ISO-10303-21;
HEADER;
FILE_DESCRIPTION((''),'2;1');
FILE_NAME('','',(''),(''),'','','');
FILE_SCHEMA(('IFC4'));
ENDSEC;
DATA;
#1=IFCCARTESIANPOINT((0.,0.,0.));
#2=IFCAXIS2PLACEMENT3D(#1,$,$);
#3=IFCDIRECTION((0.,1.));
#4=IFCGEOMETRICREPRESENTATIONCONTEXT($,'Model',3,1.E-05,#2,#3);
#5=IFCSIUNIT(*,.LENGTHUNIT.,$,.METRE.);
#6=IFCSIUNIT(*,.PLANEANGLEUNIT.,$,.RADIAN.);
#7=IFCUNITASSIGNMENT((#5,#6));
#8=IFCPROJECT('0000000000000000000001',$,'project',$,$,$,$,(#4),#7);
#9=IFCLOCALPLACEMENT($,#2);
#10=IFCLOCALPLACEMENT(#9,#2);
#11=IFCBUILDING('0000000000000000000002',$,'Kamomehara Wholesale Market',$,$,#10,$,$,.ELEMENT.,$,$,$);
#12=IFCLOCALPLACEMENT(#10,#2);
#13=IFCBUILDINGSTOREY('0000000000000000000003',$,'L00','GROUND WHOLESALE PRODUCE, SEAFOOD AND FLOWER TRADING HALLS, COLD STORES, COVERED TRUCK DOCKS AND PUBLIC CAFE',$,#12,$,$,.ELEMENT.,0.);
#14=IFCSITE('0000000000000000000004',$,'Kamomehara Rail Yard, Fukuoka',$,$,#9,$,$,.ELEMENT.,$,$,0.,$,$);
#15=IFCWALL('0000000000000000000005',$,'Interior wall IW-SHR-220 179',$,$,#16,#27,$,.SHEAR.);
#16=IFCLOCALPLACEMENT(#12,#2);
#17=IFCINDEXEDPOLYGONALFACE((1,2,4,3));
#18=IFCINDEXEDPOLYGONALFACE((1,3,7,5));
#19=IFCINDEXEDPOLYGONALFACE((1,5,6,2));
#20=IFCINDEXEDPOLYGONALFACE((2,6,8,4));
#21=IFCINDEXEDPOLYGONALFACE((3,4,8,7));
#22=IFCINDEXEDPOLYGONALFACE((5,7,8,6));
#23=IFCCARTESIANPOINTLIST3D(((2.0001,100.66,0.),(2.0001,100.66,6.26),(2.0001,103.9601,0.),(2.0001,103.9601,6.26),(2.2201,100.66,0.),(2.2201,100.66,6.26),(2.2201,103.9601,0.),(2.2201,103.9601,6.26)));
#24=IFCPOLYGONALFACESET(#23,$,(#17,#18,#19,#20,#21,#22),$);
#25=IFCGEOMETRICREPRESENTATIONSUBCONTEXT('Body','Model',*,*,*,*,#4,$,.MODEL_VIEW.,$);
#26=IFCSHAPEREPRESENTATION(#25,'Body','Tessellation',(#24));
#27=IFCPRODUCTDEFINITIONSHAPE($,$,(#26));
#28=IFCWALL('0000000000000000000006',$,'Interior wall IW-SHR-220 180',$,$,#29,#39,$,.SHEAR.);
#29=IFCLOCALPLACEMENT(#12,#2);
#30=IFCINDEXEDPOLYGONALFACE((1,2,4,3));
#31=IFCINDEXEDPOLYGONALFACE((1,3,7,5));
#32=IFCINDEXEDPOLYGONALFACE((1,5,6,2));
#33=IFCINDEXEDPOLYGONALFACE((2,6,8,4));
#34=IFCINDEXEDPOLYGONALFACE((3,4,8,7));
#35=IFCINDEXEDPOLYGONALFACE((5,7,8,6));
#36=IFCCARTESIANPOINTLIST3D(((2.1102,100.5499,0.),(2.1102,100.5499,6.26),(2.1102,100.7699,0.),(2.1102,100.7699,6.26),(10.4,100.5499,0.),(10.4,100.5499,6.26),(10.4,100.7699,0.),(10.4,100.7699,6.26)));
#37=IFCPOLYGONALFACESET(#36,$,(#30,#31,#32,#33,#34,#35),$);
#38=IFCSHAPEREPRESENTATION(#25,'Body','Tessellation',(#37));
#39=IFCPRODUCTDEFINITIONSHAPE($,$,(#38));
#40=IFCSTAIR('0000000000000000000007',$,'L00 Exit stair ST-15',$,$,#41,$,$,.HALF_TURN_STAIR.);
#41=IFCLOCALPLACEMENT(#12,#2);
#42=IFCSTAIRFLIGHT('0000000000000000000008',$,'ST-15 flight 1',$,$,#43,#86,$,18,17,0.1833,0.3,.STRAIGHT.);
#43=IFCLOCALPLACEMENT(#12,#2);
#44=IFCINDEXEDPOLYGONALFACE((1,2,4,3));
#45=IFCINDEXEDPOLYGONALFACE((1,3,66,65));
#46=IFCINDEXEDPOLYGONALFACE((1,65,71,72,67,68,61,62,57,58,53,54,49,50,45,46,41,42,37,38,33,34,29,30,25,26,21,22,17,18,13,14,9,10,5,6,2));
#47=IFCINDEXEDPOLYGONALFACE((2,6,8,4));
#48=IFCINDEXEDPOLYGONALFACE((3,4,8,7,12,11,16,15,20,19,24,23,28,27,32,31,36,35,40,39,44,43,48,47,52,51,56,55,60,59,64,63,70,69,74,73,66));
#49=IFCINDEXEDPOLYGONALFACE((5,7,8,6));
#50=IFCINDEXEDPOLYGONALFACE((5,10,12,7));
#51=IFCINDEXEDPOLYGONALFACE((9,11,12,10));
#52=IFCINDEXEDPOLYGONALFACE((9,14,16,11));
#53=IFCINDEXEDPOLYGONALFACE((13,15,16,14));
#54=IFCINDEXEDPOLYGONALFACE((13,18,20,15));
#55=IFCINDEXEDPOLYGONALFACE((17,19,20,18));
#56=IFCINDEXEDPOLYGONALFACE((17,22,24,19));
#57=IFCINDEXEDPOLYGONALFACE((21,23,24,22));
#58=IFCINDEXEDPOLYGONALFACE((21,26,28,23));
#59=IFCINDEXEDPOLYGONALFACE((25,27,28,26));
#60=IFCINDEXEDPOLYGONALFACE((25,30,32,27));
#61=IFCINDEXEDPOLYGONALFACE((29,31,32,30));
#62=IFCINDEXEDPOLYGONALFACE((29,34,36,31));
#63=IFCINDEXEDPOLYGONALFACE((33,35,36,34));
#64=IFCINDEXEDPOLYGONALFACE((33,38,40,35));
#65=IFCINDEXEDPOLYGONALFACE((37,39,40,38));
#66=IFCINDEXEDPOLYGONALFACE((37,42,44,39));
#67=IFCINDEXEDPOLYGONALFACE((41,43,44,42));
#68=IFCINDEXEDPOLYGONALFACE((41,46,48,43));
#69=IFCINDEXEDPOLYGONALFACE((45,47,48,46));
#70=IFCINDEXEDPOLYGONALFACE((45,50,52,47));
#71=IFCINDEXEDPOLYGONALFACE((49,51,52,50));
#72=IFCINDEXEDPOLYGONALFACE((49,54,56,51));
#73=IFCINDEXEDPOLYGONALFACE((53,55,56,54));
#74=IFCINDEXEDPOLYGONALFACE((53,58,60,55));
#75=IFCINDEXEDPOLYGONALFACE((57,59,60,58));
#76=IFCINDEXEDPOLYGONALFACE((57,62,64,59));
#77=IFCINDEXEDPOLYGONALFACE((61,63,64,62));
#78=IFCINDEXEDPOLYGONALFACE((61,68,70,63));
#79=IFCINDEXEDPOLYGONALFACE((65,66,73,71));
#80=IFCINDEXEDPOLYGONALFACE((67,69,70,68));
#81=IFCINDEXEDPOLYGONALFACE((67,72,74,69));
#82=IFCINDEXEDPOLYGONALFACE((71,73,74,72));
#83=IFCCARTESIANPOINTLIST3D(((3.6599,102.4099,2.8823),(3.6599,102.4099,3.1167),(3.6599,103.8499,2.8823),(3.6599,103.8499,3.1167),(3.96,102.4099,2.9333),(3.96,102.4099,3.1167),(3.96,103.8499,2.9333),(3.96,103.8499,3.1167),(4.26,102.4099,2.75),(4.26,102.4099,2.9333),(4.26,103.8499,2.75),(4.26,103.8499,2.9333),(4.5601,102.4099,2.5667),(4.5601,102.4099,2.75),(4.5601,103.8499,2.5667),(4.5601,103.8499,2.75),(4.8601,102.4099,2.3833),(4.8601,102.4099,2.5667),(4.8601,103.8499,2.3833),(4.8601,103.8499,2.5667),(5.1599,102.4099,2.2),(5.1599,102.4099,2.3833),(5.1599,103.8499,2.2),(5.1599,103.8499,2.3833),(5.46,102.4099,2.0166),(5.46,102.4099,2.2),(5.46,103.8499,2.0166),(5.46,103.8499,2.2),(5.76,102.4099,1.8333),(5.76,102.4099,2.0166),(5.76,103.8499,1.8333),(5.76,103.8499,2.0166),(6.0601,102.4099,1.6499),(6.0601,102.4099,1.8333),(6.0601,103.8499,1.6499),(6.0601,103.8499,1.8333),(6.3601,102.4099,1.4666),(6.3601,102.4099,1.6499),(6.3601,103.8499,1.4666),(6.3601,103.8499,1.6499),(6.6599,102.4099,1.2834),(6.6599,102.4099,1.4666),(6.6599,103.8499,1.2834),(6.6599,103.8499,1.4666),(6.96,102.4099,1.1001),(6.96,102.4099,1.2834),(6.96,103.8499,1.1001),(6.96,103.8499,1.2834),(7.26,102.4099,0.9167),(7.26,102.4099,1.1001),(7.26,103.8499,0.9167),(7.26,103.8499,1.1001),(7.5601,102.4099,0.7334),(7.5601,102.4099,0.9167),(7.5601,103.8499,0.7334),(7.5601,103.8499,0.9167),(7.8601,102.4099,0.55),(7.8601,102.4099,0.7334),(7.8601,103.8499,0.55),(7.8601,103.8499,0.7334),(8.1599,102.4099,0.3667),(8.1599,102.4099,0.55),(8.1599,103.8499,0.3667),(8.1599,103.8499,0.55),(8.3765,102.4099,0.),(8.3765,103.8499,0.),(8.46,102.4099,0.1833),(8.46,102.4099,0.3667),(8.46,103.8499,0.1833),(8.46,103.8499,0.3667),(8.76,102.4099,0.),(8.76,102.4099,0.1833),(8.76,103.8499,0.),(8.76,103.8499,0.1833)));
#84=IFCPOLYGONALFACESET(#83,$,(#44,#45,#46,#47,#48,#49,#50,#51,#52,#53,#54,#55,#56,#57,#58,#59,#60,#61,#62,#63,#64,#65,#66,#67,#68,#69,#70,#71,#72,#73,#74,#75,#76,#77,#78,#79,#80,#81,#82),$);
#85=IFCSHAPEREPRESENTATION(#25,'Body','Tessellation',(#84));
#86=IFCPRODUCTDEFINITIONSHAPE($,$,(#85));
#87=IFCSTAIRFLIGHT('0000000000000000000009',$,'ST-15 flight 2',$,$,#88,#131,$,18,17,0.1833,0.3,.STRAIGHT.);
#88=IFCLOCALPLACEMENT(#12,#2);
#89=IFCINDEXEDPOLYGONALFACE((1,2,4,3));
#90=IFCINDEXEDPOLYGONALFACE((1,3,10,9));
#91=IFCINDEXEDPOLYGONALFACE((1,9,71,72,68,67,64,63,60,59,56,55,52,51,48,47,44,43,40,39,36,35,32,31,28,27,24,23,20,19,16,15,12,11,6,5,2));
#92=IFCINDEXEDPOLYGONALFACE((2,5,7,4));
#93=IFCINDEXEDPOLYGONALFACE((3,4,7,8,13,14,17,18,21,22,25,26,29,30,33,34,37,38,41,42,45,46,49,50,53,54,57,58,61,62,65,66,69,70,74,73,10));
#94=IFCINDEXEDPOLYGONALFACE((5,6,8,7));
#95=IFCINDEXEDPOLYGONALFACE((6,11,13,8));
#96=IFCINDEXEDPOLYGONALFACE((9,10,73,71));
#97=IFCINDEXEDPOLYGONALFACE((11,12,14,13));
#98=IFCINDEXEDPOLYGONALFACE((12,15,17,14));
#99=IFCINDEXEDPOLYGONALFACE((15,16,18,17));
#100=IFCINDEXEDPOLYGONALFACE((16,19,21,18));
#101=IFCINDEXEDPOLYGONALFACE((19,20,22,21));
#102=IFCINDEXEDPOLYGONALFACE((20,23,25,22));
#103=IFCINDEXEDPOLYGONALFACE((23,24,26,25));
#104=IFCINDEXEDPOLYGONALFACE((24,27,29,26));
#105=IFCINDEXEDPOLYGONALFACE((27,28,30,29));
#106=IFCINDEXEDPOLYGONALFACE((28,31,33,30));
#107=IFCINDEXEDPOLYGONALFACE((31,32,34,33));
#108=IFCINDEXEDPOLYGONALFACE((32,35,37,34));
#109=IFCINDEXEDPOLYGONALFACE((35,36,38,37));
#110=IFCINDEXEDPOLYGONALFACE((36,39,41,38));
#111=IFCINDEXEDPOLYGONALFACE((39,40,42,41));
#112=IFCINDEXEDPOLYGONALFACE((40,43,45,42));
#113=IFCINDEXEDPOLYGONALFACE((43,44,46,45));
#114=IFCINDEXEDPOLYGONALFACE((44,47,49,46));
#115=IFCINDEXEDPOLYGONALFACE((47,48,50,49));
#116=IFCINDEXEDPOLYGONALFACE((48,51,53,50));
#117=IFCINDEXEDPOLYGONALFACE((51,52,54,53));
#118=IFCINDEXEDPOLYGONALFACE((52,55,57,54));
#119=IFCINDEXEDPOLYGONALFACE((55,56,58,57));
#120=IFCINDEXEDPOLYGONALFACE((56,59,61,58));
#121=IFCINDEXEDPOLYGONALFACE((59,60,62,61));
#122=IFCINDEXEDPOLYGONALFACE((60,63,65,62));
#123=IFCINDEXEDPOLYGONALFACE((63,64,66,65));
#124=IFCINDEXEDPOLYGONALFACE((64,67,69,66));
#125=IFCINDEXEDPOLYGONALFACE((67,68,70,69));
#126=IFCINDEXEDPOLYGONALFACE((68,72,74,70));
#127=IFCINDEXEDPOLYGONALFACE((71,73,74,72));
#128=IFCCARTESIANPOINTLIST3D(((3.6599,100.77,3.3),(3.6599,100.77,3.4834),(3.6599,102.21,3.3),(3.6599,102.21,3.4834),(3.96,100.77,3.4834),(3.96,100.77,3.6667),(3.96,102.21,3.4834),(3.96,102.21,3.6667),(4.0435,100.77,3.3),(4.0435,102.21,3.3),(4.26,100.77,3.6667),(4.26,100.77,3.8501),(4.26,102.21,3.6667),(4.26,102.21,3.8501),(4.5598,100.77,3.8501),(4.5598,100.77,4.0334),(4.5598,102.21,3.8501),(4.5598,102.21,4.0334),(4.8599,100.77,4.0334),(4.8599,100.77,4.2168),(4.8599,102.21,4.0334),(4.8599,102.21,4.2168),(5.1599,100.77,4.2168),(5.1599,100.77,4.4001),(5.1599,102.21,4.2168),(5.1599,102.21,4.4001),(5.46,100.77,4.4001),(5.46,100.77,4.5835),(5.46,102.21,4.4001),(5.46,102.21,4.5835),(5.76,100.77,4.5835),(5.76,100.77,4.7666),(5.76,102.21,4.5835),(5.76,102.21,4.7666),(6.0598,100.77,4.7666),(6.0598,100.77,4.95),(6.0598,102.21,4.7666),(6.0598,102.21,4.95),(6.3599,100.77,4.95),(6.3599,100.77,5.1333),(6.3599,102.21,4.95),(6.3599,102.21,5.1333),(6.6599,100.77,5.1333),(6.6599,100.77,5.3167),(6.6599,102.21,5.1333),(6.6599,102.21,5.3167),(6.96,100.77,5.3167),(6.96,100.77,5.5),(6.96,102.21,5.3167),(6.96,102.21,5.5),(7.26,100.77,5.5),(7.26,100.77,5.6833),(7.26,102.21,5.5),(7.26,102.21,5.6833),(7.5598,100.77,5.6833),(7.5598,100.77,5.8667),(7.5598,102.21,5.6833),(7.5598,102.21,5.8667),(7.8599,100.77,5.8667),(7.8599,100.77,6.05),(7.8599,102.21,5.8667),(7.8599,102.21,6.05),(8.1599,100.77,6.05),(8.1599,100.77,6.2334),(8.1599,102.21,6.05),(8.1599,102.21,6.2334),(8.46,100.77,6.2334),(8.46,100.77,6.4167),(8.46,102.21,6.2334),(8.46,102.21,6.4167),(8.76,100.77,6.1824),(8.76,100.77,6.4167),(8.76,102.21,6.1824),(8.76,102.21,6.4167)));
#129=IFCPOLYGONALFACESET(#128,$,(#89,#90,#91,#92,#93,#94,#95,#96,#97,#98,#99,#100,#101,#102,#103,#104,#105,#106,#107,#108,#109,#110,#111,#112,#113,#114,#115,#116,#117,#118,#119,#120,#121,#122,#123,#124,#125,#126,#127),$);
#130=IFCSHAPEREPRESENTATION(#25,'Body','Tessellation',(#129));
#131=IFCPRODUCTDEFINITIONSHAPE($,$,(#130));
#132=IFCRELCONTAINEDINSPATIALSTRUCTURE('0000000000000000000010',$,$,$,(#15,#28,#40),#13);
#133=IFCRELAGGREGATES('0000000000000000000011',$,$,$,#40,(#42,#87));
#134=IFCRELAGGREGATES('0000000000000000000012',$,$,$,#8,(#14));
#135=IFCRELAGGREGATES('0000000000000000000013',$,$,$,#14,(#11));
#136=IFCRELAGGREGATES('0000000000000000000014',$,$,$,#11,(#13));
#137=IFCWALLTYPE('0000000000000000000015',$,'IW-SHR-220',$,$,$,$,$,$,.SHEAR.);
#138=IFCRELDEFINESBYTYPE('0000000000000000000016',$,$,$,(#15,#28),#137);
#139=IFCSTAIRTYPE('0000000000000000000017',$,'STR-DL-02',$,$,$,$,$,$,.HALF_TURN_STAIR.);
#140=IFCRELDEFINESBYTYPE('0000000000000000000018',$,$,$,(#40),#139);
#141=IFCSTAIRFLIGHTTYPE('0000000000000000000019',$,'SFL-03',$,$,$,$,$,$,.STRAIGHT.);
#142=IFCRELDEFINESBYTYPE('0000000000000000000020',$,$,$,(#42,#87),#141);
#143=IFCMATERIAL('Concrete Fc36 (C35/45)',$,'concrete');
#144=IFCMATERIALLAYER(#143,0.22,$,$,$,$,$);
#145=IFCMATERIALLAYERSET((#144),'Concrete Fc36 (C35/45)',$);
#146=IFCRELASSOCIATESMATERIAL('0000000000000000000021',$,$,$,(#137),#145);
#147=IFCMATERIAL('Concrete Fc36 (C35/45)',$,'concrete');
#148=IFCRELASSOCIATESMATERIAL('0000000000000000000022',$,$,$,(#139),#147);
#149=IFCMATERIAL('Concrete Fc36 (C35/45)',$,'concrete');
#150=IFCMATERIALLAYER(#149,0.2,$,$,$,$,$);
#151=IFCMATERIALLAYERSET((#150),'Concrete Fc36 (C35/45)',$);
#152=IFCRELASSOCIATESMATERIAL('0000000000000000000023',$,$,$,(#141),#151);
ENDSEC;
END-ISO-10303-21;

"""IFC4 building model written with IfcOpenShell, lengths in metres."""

from ifc_helpers import new_model, si_unit, direction, frame, frame_2d, origin, place, context, subcontext, project, spatial, polyline, rectangle, outline, extrude, material, layer, layer_set, type_object, element, aggregate, save


model = new_model("IFC4")

# Units and contexts
model_context = context("Model", 3, precision=1e-05, world=origin(), true_north=direction((0.0, 1.0)))
body_context = subcontext(model_context, "Body", "Model", "MODEL_VIEW")
ifc_project = project(units=[si_unit("LENGTHUNIT", "METRE"), si_unit("PLANEANGLEUNIT", "RADIAN")], contexts=[model_context])

# Site, building, storey
site_placement = place(None, origin())
site = spatial("IfcSite", under=ifc_project, at=site_placement, Name="Kamomehara Rail Yard, Fukuoka", CompositionType="ELEMENT", RefElevation=0.0)
building_placement = place(site_placement, origin())
building = spatial("IfcBuilding", under=site, at=building_placement, Name="Kamomehara Wholesale Market", CompositionType="ELEMENT")
storey_placement = place(building_placement, origin())
storey = spatial("IfcBuildingStorey", under=building, at=storey_placement, Name="L00", Description="GROUND WHOLESALE PRODUCE, SEAFOOD AND FLOWER TRADING HALLS, COLD STORES, COVERED TRUCK DOCKS AND PUBLIC CAFE", CompositionType="ELEMENT", Elevation=0.0)

# Walls
ifc_material_1 = material(Name="Concrete Fc36 (C35/45)", Category="concrete")
ifc_layer_1 = layer(ifc_material_1, 0.22)
ifc_layer_set_1 = layer_set([ifc_layer_1], Name="Concrete Fc36 (C35/45)")
wall_type_1 = type_object("IfcWallType", Name="IW-SHR-220", PredefinedType="SHEAR", material=ifc_layer_set_1)
wall_1_placement = place(storey_placement, frame((2.1101, 103.96, 0.0), z_axis=(0.0, 0.0, 1.0), x_axis=(0.0, -1.0, 0.0)))
element("IfcWall", 1, at=wall_1_placement, inside=storey, type_object=wall_type_1, Name="Interior wall IW-SHR-220 179", PredefinedType="SHEAR", context=body_context, shape_type="SweptSolid", body=[
    extrude(rectangle(XDim=3.3, YDim=0.22, at=frame_2d((1.6499, 0.0))), origin(), (0.0, 0.0, 1.0), 6.26),
])
wall_2_placement = place(storey_placement, frame((2.1101, 100.6599, 0.0), z_axis=(0.0, 0.0, 1.0), x_axis=(1.0, 0.0, 0.0)))
element("IfcWall", 2, at=wall_2_placement, inside=storey, type_object=wall_type_1, Name="Interior wall IW-SHR-220 180", PredefinedType="SHEAR", context=body_context, shape_type="SweptSolid", body=[
    extrude(rectangle(XDim=8.2898, YDim=0.22, at=frame_2d((4.145, 0.0))), origin(), (0.0, 0.0, 1.0), 6.26),
])

# Stair, stair flights
ifc_material_2 = material(Name="Concrete Fc36 (C35/45)", Category="concrete")
stair_type = type_object("IfcStairType", Name="STR-DL-02", PredefinedType="HALF_TURN_STAIR", material=ifc_material_2)
stair_placement = place(storey_placement, origin())
stair = element("IfcStair", 3, at=stair_placement, inside=storey, type_object=stair_type, Name="L00 Exit stair ST-15", PredefinedType="HALF_TURN_STAIR")
ifc_material_3 = material(Name="Concrete Fc36 (C35/45)", Category="concrete")
ifc_layer_2 = layer(ifc_material_3, 0.2)
ifc_layer_set_2 = layer_set([ifc_layer_2], Name="Concrete Fc36 (C35/45)")
stair_flight_type = type_object("IfcStairFlightType", Name="SFL-03", PredefinedType="STRAIGHT", material=ifc_layer_set_2)
stair_flight_1_placement = place(storey_placement, frame((8.76, 103.1299, 0.0), z_axis=(0.0, 0.0, 1.0), x_axis=(-1.0, 0.0, 0.0)))
stair_flight_1 = element("IfcStairFlight", 4, at=stair_flight_1_placement, type_object=stair_flight_type, Name="ST-15 flight 1", NumberOfRisers=18, NumberOfTreads=17, PredefinedType="STRAIGHT", RiserHeight=0.1833, TreadLength=0.3, context=body_context, shape_type="SweptSolid", body=[
    extrude(outline(polyline([(0.0, 0.0), (0.0, 0.1833), (0.3, 0.1833), (0.3, 0.3667), (0.6001, 0.3667), (0.6001, 0.55), (0.8999, 0.55), (0.8999, 0.7334), (1.2, 0.7334), (1.2, 0.9167), (1.5, 0.9167), (1.5, 1.1001), (1.8, 1.1001), (1.8, 1.2834), (2.1001, 1.2834), (2.1001, 1.4666), (2.3999, 1.4666), (2.3999, 1.6499), (2.7, 1.6499), (2.7, 1.8333), (3.0, 1.8333), (3.0, 2.0166), (3.3, 2.0166), (3.3, 2.2), (3.6001, 2.2), (3.6001, 2.3833), (3.8999, 2.3833), (3.8999, 2.5667), (4.2, 2.5667), (4.2, 2.75), (4.5, 2.75), (4.5, 2.9333), (4.8, 2.9333), (4.8, 3.1167), (5.1001, 3.1167), (5.1001, 3.3), (5.1001, 2.8823), (0.3835, 0.0), (0.0, 0.0)])), frame((0.0, 0.72, 0.0), z_axis=(0.0, -1.0, 0.0), x_axis=(1.0, 0.0, 0.0)), (0.0, 0.0, 1.0), 1.4399),
])
stair_flight_2_placement = place(storey_placement, frame((3.6599, 101.49, 3.3), z_axis=(0.0, 0.0, 1.0), x_axis=(1.0, 0.0, 0.0)))
stair_flight_2 = element("IfcStairFlight", 5, at=stair_flight_2_placement, type_object=stair_flight_type, Name="ST-15 flight 2", NumberOfRisers=18, NumberOfTreads=17, PredefinedType="STRAIGHT", RiserHeight=0.1833, TreadLength=0.3, context=body_context, shape_type="SweptSolid", body=[
    extrude(outline(polyline([(0.0, 0.0), (0.0, 0.1833), (0.3, 0.1833), (0.3, 0.3667), (0.6001, 0.3667), (0.6001, 0.55), (0.8999, 0.55), (0.8999, 0.7334), (1.2, 0.7334), (1.2, 0.9167), (1.5, 0.9167), (1.5, 1.1001), (1.8, 1.1001), (1.8, 1.2834), (2.1001, 1.2834), (2.1001, 1.4666), (2.3999, 1.4666), (2.3999, 1.6499), (2.7, 1.6499), (2.7, 1.8333), (3.0, 1.8333), (3.0, 2.0166), (3.3, 2.0166), (3.3, 2.2), (3.6001, 2.2), (3.6001, 2.3833), (3.8999, 2.3833), (3.8999, 2.5667), (4.2, 2.5667), (4.2, 2.75), (4.5, 2.75), (4.5, 2.9333), (4.8, 2.9333), (4.8, 3.1167), (5.1001, 3.1167), (5.1001, 3.3), (5.1001, 2.8823), (0.3835, 0.0), (0.0, 0.0)])), frame((0.0, 0.72, 0.0), z_axis=(0.0, -1.0, 0.0), x_axis=(1.0, 0.0, 0.0)), (0.0, 0.0, 1.0), 1.4399),
])
aggregate(stair, [stair_flight_1, stair_flight_2])

save(model, "model.ifc")
